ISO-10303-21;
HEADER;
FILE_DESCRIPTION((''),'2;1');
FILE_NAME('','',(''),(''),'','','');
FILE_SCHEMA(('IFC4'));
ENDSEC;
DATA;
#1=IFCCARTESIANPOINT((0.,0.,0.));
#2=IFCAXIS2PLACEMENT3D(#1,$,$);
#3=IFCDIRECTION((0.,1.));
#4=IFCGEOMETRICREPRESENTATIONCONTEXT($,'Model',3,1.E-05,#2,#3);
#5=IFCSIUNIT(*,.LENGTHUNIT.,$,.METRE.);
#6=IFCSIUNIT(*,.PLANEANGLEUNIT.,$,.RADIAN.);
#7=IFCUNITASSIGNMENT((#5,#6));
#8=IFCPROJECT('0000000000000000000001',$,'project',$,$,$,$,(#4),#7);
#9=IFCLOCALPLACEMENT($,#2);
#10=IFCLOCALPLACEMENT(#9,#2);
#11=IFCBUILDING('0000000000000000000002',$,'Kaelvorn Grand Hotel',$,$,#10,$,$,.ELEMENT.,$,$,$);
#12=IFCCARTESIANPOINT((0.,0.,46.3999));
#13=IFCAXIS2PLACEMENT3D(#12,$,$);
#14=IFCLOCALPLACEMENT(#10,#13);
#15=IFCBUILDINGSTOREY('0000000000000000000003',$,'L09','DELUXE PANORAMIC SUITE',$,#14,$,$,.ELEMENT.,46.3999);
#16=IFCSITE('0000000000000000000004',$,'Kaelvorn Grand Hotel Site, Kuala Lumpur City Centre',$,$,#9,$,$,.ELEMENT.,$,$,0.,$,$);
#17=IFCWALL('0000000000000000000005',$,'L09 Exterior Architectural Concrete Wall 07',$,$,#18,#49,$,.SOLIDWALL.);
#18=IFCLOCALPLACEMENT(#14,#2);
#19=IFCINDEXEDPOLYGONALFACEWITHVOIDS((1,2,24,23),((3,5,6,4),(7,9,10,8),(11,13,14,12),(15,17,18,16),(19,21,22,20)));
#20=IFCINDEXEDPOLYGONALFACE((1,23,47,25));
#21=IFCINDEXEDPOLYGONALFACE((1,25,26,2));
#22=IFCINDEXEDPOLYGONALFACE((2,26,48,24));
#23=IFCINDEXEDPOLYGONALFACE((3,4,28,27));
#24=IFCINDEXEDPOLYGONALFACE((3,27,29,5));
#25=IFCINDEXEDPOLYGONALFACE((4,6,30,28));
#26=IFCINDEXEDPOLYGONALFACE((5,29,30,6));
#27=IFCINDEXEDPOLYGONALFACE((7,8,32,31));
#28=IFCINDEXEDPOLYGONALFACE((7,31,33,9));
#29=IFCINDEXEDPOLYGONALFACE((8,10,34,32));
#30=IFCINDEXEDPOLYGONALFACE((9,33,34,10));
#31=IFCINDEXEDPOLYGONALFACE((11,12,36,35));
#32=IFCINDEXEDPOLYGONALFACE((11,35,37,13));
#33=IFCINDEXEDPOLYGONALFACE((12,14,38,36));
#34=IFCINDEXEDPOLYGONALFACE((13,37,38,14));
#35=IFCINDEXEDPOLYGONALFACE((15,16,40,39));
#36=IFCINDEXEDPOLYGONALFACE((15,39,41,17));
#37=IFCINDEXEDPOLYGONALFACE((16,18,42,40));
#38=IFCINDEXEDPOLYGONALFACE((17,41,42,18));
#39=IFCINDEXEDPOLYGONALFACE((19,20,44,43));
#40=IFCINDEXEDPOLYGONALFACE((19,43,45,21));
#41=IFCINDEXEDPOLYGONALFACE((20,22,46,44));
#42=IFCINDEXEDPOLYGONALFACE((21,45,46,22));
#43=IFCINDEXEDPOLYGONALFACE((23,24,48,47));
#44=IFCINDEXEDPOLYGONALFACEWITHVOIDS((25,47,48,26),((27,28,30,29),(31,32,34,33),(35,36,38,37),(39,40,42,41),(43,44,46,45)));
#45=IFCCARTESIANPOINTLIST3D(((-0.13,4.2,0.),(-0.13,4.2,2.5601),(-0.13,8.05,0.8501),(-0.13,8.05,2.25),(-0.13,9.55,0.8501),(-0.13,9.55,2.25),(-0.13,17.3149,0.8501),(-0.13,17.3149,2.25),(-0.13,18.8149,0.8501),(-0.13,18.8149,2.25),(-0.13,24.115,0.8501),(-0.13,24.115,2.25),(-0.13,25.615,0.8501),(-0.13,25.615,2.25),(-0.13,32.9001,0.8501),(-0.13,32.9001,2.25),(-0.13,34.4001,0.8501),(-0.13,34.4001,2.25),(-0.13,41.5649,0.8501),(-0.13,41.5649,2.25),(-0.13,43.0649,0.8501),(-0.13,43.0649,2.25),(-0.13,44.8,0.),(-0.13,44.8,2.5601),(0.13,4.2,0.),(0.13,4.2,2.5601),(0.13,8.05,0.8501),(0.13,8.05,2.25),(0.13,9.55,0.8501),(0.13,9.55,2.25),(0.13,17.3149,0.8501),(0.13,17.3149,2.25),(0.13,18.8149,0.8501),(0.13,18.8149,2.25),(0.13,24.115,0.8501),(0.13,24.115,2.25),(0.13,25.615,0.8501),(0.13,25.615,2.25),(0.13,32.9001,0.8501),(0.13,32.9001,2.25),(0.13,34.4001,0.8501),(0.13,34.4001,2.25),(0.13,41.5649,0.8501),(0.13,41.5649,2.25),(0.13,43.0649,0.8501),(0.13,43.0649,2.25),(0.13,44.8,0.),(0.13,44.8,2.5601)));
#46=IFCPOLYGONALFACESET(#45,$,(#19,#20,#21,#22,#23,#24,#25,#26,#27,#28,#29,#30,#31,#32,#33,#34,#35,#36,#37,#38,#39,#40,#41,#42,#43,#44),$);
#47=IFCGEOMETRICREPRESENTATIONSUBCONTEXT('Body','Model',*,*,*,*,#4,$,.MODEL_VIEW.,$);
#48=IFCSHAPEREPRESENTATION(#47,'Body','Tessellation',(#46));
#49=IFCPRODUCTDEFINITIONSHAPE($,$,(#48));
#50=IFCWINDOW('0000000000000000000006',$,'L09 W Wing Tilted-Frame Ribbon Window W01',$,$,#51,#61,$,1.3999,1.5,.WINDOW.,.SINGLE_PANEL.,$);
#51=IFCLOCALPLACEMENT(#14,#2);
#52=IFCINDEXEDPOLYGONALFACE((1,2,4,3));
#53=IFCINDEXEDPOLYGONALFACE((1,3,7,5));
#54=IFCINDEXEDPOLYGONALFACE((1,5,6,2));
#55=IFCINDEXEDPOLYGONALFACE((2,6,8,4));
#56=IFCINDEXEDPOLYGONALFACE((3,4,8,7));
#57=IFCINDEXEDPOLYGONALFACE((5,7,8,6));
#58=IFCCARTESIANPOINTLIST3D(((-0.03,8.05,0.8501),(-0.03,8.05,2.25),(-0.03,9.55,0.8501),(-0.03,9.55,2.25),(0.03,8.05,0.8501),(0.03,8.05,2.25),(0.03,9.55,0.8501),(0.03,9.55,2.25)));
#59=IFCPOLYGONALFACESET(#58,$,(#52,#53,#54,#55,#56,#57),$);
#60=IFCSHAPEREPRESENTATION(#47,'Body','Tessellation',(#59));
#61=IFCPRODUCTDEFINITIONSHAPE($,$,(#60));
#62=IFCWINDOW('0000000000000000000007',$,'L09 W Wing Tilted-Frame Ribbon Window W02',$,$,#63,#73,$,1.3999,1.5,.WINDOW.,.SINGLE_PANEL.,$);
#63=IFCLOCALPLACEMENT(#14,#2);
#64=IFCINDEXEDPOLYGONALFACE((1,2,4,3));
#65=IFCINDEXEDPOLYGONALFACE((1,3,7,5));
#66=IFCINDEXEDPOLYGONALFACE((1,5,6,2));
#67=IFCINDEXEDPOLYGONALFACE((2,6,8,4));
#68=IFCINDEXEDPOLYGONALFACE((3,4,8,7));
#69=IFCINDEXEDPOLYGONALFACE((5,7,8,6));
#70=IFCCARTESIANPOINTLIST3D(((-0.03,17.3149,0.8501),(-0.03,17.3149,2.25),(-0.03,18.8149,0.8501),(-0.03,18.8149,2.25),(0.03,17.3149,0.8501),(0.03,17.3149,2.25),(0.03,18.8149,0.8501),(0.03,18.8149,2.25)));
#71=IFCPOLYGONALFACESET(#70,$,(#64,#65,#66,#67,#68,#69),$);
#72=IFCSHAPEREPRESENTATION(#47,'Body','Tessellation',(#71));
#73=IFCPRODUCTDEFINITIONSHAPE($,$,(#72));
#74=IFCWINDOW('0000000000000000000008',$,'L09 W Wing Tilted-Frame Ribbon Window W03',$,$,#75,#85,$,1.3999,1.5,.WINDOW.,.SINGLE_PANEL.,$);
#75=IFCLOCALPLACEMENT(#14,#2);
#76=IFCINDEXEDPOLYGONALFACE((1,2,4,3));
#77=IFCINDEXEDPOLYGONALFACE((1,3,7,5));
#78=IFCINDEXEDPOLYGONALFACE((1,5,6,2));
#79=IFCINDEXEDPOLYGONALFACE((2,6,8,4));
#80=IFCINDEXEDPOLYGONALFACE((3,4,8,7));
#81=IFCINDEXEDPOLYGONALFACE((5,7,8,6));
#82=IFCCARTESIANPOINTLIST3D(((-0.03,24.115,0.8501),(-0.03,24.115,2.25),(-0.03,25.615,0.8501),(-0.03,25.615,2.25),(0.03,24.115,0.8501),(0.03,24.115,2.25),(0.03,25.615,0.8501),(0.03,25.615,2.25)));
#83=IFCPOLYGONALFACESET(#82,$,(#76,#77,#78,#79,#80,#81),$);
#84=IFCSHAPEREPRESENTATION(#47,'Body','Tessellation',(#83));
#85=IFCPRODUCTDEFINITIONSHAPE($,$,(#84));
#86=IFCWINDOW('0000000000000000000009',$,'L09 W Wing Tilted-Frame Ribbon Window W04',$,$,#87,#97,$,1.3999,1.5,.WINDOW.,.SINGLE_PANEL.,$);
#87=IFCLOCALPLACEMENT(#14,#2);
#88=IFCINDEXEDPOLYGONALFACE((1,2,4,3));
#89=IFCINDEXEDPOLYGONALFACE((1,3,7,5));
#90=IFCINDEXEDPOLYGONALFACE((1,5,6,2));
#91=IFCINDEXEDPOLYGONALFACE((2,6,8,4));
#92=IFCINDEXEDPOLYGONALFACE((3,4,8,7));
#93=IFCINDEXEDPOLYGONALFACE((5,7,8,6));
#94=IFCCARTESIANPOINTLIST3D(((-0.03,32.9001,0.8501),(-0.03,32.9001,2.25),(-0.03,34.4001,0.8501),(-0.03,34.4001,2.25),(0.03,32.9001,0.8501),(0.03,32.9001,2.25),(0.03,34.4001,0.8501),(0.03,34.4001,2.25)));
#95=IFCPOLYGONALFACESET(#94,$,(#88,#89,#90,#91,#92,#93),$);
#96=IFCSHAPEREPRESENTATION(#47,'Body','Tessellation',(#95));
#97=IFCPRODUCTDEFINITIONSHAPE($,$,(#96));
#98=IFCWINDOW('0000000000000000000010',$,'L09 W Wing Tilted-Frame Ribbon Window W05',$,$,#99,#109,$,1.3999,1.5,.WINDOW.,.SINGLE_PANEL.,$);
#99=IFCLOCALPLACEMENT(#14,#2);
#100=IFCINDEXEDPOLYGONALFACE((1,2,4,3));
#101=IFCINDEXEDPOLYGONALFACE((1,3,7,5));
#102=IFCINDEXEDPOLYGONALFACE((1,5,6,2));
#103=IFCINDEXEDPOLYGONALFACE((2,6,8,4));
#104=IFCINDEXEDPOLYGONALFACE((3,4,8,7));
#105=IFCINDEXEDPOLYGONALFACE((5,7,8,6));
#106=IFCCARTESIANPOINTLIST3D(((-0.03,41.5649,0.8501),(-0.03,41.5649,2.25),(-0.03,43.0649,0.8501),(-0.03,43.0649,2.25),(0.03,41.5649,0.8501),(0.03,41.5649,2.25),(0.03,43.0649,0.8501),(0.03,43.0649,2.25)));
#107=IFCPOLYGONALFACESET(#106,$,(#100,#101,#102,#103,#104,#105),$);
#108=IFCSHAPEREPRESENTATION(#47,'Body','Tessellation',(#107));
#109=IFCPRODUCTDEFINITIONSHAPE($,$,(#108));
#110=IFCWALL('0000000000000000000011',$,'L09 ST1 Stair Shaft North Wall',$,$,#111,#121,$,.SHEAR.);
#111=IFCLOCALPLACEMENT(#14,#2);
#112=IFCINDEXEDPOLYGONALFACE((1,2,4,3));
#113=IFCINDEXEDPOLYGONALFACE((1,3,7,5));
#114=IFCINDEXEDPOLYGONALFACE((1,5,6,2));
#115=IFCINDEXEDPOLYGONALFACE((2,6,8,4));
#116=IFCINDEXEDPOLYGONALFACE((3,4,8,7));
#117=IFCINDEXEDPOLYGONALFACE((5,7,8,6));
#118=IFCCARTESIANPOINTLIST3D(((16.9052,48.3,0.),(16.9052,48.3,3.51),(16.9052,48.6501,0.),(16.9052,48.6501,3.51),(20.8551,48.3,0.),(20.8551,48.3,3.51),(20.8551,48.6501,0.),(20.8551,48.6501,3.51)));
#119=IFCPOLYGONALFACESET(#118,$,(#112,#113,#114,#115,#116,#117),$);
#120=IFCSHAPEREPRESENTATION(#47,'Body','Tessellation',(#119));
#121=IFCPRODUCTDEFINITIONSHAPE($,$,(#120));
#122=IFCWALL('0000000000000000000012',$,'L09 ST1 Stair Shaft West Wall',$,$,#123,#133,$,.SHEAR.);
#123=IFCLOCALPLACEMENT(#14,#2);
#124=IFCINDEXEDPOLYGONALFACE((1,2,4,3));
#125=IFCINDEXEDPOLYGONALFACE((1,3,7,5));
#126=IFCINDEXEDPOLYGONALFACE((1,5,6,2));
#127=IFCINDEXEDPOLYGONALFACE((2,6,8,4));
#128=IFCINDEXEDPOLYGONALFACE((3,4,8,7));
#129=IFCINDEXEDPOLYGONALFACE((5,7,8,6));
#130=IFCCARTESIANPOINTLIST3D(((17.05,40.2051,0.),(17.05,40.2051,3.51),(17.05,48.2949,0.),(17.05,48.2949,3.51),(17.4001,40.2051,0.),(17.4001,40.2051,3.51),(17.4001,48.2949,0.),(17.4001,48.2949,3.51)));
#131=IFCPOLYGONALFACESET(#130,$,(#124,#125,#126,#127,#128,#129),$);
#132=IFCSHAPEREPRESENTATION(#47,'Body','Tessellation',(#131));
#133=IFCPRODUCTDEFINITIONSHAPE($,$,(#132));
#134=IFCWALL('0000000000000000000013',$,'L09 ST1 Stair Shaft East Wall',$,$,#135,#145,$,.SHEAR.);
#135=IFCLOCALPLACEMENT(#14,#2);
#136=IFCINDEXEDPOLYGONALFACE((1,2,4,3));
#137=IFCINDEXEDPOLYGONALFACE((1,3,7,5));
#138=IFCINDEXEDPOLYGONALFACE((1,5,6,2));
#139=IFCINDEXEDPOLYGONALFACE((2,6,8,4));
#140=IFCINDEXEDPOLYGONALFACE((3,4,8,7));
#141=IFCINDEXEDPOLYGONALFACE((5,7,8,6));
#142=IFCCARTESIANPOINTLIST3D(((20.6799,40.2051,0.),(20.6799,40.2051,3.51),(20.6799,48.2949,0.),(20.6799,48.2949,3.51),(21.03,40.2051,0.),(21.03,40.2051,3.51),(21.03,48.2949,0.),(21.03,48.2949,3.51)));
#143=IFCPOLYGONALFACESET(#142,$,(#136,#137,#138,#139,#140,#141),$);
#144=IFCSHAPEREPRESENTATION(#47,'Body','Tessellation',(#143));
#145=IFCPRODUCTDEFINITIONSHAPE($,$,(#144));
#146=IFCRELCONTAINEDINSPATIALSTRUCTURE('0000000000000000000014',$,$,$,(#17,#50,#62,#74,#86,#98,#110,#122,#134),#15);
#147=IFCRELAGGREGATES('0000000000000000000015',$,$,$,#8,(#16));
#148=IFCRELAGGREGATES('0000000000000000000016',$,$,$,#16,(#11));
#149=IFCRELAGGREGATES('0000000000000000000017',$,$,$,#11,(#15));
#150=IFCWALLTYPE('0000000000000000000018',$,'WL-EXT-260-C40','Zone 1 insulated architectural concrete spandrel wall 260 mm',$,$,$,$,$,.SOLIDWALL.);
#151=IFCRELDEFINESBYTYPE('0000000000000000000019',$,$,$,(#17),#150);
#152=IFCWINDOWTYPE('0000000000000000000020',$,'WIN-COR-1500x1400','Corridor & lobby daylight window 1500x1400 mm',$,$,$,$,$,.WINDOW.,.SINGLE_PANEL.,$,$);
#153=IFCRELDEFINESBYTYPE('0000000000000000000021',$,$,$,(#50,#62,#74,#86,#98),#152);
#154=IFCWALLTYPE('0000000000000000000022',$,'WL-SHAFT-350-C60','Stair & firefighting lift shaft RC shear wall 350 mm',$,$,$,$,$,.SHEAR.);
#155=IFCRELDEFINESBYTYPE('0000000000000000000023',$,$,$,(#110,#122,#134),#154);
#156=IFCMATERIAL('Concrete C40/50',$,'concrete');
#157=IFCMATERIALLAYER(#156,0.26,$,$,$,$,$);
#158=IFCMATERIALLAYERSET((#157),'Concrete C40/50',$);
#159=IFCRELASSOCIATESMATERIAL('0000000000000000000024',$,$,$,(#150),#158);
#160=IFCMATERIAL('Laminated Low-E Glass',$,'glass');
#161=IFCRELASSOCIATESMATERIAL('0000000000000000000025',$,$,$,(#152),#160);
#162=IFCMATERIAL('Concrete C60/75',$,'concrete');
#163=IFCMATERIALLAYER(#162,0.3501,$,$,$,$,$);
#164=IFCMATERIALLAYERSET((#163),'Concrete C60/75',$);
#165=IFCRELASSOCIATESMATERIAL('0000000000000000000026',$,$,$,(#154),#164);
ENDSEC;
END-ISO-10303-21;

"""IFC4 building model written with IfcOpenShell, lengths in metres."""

from ifc_helpers import new_model, si_unit, direction, frame, frame_2d, origin, place, context, subcontext, project, spatial, rectangle, extrude, material, layer, layer_set, type_object, element, fill, save


model = new_model("IFC4")

# Units and contexts
model_context = context("Model", 3, precision=1e-05, world=origin(), true_north=direction((0.0, 1.0)))
body_context = subcontext(model_context, "Body", "Model", "MODEL_VIEW")
ifc_project = project(units=[si_unit("LENGTHUNIT", "METRE"), si_unit("PLANEANGLEUNIT", "RADIAN")], contexts=[model_context])

# Site, building, storey
site_placement = place(None, origin())
site = spatial("IfcSite", under=ifc_project, at=site_placement, Name="Kaelvorn Grand Hotel Site, Kuala Lumpur City Centre", CompositionType="ELEMENT", RefElevation=0.0)
building_placement = place(site_placement, origin())
building = spatial("IfcBuilding", under=site, at=building_placement, Name="Kaelvorn Grand Hotel", CompositionType="ELEMENT")
storey_placement = place(building_placement, frame((0.0, 0.0, 46.3999)))
storey = spatial("IfcBuildingStorey", under=building, at=storey_placement, Name="L09", Description="DELUXE PANORAMIC SUITE", CompositionType="ELEMENT", Elevation=46.3999)

# Shared definitions
ifc_material_1 = material(Name="Concrete C60/75", Category="concrete")

# Shared definitions
ifc_material_2 = material(Name="Concrete C40/50", Category="concrete")
ifc_layer_1 = layer(ifc_material_2, 0.26)
ifc_layer_set_1 = layer_set([ifc_layer_1], Name="Concrete C40/50")
wall_type_1 = type_object("IfcWallType", Name="WL-EXT-260-C40", Description="Zone 1 insulated architectural concrete spandrel wall 260 mm", PredefinedType="SOLIDWALL", material=ifc_layer_set_1)

# Wall, openings, windows
wall_1_placement = place(storey_placement, frame((0.0, 44.8, 0.0), z_axis=(0.0, 0.0, 1.0), x_axis=(0.0, -1.0, 0.0)))
wall_1 = element("IfcWall", 1, at=wall_1_placement, inside=storey, type_object=wall_type_1, Name="L09 Exterior Architectural Concrete Wall 07", PredefinedType="SOLIDWALL", context=body_context, shape_type="SweptSolid", body=[
    extrude(rectangle(XDim=40.6001, YDim=0.26, at=frame_2d((20.3, 0.0))), origin(), (0.0, 0.0, 1.0), 2.5601),
])
opening_1_placement = place(wall_1_placement, frame((35.25, 0.0, 0.8501)))
opening_1 = element("IfcOpeningElement", 2, at=opening_1_placement, cuts=wall_1, PredefinedType="OPENING", context=body_context, shape_type="SweptSolid", body=[
    extrude(rectangle(XDim=1.5, YDim=1.3999, at=frame_2d((0.75, 0.7))), frame((0.0, 0.1401, 0.0), z_axis=(0.0, -1.0, 0.0), x_axis=(1.0, 0.0, 0.0)), (0.0, 0.0, 1.0), 0.28),
])
opening_2_placement = place(wall_1_placement, frame((25.9851, 0.0, 0.8501)))
opening_2 = element("IfcOpeningElement", 3, at=opening_2_placement, cuts=wall_1, PredefinedType="OPENING", context=body_context, shape_type="SweptSolid", body=[
    extrude(rectangle(XDim=1.5, YDim=1.3999, at=frame_2d((0.75, 0.7))), frame((0.0, 0.1401, 0.0), z_axis=(0.0, -1.0, 0.0), x_axis=(1.0, 0.0, 0.0)), (0.0, 0.0, 1.0), 0.28),
])
opening_3_placement = place(wall_1_placement, frame((19.1851, 0.0, 0.8501)))
opening_3 = element("IfcOpeningElement", 4, at=opening_3_placement, cuts=wall_1, PredefinedType="OPENING", context=body_context, shape_type="SweptSolid", body=[
    extrude(rectangle(XDim=1.5, YDim=1.3999, at=frame_2d((0.75, 0.7))), frame((0.0, 0.1401, 0.0), z_axis=(0.0, -1.0, 0.0), x_axis=(1.0, 0.0, 0.0)), (0.0, 0.0, 1.0), 0.28),
])
opening_4_placement = place(wall_1_placement, frame((10.3999, 0.0, 0.8501)))
opening_4 = element("IfcOpeningElement", 5, at=opening_4_placement, cuts=wall_1, PredefinedType="OPENING", context=body_context, shape_type="SweptSolid", body=[
    extrude(rectangle(XDim=1.5, YDim=1.3999, at=frame_2d((0.75, 0.7))), frame((0.0, 0.1401, 0.0), z_axis=(0.0, -1.0, 0.0), x_axis=(1.0, 0.0, 0.0)), (0.0, 0.0, 1.0), 0.28),
])
opening_5_placement = place(wall_1_placement, frame((1.7351, 0.0, 0.8501)))
opening_5 = element("IfcOpeningElement", 6, at=opening_5_placement, cuts=wall_1, PredefinedType="OPENING", context=body_context, shape_type="SweptSolid", body=[
    extrude(rectangle(XDim=1.5, YDim=1.3999, at=frame_2d((0.75, 0.7))), frame((0.0, 0.1401, 0.0), z_axis=(0.0, -1.0, 0.0), x_axis=(1.0, 0.0, 0.0)), (0.0, 0.0, 1.0), 0.28),
])
ifc_material_3 = material(Name="Laminated Low-E Glass", Category="glass")
window_type = type_object("IfcWindowType", Name="WIN-COR-1500x1400", Description="Corridor & lobby daylight window 1500x1400 mm", PartitioningType="SINGLE_PANEL", PredefinedType="WINDOW", material=ifc_material_3)
window_1_placement = place(opening_1_placement, origin())
window_1 = element("IfcWindow", 7, at=window_1_placement, inside=storey, type_object=window_type, Name="L09 W Wing Tilted-Frame Ribbon Window W01", OverallHeight=1.3999, OverallWidth=1.5, PartitioningType="SINGLE_PANEL", PredefinedType="WINDOW", context=body_context, shape_type="SweptSolid", body=[
    extrude(rectangle(XDim=1.5, YDim=1.3999, at=frame_2d((0.75, 0.7))), frame((0.0, 0.03, 0.0), z_axis=(0.0, -1.0, 0.0), x_axis=(1.0, 0.0, 0.0)), (0.0, 0.0, 1.0), 0.0601),
])
fill(opening_1, window_1)
window_2_placement = place(opening_2_placement, origin())
window_2 = element("IfcWindow", 8, at=window_2_placement, inside=storey, type_object=window_type, Name="L09 W Wing Tilted-Frame Ribbon Window W02", OverallHeight=1.3999, OverallWidth=1.5, PartitioningType="SINGLE_PANEL", PredefinedType="WINDOW", context=body_context, shape_type="SweptSolid", body=[
    extrude(rectangle(XDim=1.5, YDim=1.3999, at=frame_2d((0.75, 0.7))), frame((0.0, 0.03, 0.0), z_axis=(0.0, -1.0, 0.0), x_axis=(1.0, 0.0, 0.0)), (0.0, 0.0, 1.0), 0.0601),
])
fill(opening_2, window_2)
window_3_placement = place(opening_3_placement, origin())
window_3 = element("IfcWindow", 9, at=window_3_placement, inside=storey, type_object=window_type, Name="L09 W Wing Tilted-Frame Ribbon Window W03", OverallHeight=1.3999, OverallWidth=1.5, PartitioningType="SINGLE_PANEL", PredefinedType="WINDOW", context=body_context, shape_type="SweptSolid", body=[
    extrude(rectangle(XDim=1.5, YDim=1.3999, at=frame_2d((0.75, 0.7))), frame((0.0, 0.03, 0.0), z_axis=(0.0, -1.0, 0.0), x_axis=(1.0, 0.0, 0.0)), (0.0, 0.0, 1.0), 0.0601),
])
fill(opening_3, window_3)
window_4_placement = place(opening_4_placement, origin())
window_4 = element("IfcWindow", 10, at=window_4_placement, inside=storey, type_object=window_type, Name="L09 W Wing Tilted-Frame Ribbon Window W04", OverallHeight=1.3999, OverallWidth=1.5, PartitioningType="SINGLE_PANEL", PredefinedType="WINDOW", context=body_context, shape_type="SweptSolid", body=[
    extrude(rectangle(XDim=1.5, YDim=1.3999, at=frame_2d((0.75, 0.7))), frame((0.0, 0.03, 0.0), z_axis=(0.0, -1.0, 0.0), x_axis=(1.0, 0.0, 0.0)), (0.0, 0.0, 1.0), 0.0601),
])
fill(opening_4, window_4)
window_5_placement = place(opening_5_placement, origin())
window_5 = element("IfcWindow", 11, at=window_5_placement, inside=storey, type_object=window_type, Name="L09 W Wing Tilted-Frame Ribbon Window W05", OverallHeight=1.3999, OverallWidth=1.5, PartitioningType="SINGLE_PANEL", PredefinedType="WINDOW", context=body_context, shape_type="SweptSolid", body=[
    extrude(rectangle(XDim=1.5, YDim=1.3999, at=frame_2d((0.75, 0.7))), frame((0.0, 0.03, 0.0), z_axis=(0.0, -1.0, 0.0), x_axis=(1.0, 0.0, 0.0)), (0.0, 0.0, 1.0), 0.0601),
])
fill(opening_5, window_5)

# Shared definitions
ifc_layer_2 = layer(ifc_material_1, 0.3501)
ifc_layer_set_2 = layer_set([ifc_layer_2], Name="Concrete C60/75")
wall_type_2 = type_object("IfcWallType", Name="WL-SHAFT-350-C60", Description="Stair & firefighting lift shaft RC shear wall 350 mm", PredefinedType="SHEAR", material=ifc_layer_set_2)

# Walls
wall_2_placement = place(storey_placement, frame((16.905, 48.4751, 0.0), z_axis=(0.0, 0.0, 1.0), x_axis=(1.0, 0.0, 0.0)))
element("IfcWall", 12, at=wall_2_placement, inside=storey, type_object=wall_type_2, Name="L09 ST1 Stair Shaft North Wall", PredefinedType="SHEAR", context=body_context, shape_type="SweptSolid", body=[
    extrude(rectangle(XDim=3.95, YDim=0.3501, at=frame_2d((1.9751, 0.0))), origin(), (0.0, 0.0, 1.0), 3.51),
])
for number, where, z_axis, x_axis, name in (
    (13, (17.2251, 40.2051, 0.0), (0.0, 0.0, 1.0), (0.0, 1.0, 0.0), "L09 ST1 Stair Shaft West Wall"),
    (14, (20.855, 40.2051, 0.0), (0.0, 0.0, 1.0), (0.0, 1.0, 0.0), "L09 ST1 Stair Shaft East Wall"),
):
    element("IfcWall", number, at=place(storey_placement, frame(where, z_axis=z_axis, x_axis=x_axis)), inside=storey, type_object=wall_type_2, Name=name, PredefinedType="SHEAR", context=body_context, shape_type="SweptSolid", body=[
        extrude(rectangle(XDim=8.0898, YDim=0.3501, at=frame_2d((4.0449, 0.0))), origin(), (0.0, 0.0, 1.0), 3.51),
    ])

save(model, "model.ifc")
